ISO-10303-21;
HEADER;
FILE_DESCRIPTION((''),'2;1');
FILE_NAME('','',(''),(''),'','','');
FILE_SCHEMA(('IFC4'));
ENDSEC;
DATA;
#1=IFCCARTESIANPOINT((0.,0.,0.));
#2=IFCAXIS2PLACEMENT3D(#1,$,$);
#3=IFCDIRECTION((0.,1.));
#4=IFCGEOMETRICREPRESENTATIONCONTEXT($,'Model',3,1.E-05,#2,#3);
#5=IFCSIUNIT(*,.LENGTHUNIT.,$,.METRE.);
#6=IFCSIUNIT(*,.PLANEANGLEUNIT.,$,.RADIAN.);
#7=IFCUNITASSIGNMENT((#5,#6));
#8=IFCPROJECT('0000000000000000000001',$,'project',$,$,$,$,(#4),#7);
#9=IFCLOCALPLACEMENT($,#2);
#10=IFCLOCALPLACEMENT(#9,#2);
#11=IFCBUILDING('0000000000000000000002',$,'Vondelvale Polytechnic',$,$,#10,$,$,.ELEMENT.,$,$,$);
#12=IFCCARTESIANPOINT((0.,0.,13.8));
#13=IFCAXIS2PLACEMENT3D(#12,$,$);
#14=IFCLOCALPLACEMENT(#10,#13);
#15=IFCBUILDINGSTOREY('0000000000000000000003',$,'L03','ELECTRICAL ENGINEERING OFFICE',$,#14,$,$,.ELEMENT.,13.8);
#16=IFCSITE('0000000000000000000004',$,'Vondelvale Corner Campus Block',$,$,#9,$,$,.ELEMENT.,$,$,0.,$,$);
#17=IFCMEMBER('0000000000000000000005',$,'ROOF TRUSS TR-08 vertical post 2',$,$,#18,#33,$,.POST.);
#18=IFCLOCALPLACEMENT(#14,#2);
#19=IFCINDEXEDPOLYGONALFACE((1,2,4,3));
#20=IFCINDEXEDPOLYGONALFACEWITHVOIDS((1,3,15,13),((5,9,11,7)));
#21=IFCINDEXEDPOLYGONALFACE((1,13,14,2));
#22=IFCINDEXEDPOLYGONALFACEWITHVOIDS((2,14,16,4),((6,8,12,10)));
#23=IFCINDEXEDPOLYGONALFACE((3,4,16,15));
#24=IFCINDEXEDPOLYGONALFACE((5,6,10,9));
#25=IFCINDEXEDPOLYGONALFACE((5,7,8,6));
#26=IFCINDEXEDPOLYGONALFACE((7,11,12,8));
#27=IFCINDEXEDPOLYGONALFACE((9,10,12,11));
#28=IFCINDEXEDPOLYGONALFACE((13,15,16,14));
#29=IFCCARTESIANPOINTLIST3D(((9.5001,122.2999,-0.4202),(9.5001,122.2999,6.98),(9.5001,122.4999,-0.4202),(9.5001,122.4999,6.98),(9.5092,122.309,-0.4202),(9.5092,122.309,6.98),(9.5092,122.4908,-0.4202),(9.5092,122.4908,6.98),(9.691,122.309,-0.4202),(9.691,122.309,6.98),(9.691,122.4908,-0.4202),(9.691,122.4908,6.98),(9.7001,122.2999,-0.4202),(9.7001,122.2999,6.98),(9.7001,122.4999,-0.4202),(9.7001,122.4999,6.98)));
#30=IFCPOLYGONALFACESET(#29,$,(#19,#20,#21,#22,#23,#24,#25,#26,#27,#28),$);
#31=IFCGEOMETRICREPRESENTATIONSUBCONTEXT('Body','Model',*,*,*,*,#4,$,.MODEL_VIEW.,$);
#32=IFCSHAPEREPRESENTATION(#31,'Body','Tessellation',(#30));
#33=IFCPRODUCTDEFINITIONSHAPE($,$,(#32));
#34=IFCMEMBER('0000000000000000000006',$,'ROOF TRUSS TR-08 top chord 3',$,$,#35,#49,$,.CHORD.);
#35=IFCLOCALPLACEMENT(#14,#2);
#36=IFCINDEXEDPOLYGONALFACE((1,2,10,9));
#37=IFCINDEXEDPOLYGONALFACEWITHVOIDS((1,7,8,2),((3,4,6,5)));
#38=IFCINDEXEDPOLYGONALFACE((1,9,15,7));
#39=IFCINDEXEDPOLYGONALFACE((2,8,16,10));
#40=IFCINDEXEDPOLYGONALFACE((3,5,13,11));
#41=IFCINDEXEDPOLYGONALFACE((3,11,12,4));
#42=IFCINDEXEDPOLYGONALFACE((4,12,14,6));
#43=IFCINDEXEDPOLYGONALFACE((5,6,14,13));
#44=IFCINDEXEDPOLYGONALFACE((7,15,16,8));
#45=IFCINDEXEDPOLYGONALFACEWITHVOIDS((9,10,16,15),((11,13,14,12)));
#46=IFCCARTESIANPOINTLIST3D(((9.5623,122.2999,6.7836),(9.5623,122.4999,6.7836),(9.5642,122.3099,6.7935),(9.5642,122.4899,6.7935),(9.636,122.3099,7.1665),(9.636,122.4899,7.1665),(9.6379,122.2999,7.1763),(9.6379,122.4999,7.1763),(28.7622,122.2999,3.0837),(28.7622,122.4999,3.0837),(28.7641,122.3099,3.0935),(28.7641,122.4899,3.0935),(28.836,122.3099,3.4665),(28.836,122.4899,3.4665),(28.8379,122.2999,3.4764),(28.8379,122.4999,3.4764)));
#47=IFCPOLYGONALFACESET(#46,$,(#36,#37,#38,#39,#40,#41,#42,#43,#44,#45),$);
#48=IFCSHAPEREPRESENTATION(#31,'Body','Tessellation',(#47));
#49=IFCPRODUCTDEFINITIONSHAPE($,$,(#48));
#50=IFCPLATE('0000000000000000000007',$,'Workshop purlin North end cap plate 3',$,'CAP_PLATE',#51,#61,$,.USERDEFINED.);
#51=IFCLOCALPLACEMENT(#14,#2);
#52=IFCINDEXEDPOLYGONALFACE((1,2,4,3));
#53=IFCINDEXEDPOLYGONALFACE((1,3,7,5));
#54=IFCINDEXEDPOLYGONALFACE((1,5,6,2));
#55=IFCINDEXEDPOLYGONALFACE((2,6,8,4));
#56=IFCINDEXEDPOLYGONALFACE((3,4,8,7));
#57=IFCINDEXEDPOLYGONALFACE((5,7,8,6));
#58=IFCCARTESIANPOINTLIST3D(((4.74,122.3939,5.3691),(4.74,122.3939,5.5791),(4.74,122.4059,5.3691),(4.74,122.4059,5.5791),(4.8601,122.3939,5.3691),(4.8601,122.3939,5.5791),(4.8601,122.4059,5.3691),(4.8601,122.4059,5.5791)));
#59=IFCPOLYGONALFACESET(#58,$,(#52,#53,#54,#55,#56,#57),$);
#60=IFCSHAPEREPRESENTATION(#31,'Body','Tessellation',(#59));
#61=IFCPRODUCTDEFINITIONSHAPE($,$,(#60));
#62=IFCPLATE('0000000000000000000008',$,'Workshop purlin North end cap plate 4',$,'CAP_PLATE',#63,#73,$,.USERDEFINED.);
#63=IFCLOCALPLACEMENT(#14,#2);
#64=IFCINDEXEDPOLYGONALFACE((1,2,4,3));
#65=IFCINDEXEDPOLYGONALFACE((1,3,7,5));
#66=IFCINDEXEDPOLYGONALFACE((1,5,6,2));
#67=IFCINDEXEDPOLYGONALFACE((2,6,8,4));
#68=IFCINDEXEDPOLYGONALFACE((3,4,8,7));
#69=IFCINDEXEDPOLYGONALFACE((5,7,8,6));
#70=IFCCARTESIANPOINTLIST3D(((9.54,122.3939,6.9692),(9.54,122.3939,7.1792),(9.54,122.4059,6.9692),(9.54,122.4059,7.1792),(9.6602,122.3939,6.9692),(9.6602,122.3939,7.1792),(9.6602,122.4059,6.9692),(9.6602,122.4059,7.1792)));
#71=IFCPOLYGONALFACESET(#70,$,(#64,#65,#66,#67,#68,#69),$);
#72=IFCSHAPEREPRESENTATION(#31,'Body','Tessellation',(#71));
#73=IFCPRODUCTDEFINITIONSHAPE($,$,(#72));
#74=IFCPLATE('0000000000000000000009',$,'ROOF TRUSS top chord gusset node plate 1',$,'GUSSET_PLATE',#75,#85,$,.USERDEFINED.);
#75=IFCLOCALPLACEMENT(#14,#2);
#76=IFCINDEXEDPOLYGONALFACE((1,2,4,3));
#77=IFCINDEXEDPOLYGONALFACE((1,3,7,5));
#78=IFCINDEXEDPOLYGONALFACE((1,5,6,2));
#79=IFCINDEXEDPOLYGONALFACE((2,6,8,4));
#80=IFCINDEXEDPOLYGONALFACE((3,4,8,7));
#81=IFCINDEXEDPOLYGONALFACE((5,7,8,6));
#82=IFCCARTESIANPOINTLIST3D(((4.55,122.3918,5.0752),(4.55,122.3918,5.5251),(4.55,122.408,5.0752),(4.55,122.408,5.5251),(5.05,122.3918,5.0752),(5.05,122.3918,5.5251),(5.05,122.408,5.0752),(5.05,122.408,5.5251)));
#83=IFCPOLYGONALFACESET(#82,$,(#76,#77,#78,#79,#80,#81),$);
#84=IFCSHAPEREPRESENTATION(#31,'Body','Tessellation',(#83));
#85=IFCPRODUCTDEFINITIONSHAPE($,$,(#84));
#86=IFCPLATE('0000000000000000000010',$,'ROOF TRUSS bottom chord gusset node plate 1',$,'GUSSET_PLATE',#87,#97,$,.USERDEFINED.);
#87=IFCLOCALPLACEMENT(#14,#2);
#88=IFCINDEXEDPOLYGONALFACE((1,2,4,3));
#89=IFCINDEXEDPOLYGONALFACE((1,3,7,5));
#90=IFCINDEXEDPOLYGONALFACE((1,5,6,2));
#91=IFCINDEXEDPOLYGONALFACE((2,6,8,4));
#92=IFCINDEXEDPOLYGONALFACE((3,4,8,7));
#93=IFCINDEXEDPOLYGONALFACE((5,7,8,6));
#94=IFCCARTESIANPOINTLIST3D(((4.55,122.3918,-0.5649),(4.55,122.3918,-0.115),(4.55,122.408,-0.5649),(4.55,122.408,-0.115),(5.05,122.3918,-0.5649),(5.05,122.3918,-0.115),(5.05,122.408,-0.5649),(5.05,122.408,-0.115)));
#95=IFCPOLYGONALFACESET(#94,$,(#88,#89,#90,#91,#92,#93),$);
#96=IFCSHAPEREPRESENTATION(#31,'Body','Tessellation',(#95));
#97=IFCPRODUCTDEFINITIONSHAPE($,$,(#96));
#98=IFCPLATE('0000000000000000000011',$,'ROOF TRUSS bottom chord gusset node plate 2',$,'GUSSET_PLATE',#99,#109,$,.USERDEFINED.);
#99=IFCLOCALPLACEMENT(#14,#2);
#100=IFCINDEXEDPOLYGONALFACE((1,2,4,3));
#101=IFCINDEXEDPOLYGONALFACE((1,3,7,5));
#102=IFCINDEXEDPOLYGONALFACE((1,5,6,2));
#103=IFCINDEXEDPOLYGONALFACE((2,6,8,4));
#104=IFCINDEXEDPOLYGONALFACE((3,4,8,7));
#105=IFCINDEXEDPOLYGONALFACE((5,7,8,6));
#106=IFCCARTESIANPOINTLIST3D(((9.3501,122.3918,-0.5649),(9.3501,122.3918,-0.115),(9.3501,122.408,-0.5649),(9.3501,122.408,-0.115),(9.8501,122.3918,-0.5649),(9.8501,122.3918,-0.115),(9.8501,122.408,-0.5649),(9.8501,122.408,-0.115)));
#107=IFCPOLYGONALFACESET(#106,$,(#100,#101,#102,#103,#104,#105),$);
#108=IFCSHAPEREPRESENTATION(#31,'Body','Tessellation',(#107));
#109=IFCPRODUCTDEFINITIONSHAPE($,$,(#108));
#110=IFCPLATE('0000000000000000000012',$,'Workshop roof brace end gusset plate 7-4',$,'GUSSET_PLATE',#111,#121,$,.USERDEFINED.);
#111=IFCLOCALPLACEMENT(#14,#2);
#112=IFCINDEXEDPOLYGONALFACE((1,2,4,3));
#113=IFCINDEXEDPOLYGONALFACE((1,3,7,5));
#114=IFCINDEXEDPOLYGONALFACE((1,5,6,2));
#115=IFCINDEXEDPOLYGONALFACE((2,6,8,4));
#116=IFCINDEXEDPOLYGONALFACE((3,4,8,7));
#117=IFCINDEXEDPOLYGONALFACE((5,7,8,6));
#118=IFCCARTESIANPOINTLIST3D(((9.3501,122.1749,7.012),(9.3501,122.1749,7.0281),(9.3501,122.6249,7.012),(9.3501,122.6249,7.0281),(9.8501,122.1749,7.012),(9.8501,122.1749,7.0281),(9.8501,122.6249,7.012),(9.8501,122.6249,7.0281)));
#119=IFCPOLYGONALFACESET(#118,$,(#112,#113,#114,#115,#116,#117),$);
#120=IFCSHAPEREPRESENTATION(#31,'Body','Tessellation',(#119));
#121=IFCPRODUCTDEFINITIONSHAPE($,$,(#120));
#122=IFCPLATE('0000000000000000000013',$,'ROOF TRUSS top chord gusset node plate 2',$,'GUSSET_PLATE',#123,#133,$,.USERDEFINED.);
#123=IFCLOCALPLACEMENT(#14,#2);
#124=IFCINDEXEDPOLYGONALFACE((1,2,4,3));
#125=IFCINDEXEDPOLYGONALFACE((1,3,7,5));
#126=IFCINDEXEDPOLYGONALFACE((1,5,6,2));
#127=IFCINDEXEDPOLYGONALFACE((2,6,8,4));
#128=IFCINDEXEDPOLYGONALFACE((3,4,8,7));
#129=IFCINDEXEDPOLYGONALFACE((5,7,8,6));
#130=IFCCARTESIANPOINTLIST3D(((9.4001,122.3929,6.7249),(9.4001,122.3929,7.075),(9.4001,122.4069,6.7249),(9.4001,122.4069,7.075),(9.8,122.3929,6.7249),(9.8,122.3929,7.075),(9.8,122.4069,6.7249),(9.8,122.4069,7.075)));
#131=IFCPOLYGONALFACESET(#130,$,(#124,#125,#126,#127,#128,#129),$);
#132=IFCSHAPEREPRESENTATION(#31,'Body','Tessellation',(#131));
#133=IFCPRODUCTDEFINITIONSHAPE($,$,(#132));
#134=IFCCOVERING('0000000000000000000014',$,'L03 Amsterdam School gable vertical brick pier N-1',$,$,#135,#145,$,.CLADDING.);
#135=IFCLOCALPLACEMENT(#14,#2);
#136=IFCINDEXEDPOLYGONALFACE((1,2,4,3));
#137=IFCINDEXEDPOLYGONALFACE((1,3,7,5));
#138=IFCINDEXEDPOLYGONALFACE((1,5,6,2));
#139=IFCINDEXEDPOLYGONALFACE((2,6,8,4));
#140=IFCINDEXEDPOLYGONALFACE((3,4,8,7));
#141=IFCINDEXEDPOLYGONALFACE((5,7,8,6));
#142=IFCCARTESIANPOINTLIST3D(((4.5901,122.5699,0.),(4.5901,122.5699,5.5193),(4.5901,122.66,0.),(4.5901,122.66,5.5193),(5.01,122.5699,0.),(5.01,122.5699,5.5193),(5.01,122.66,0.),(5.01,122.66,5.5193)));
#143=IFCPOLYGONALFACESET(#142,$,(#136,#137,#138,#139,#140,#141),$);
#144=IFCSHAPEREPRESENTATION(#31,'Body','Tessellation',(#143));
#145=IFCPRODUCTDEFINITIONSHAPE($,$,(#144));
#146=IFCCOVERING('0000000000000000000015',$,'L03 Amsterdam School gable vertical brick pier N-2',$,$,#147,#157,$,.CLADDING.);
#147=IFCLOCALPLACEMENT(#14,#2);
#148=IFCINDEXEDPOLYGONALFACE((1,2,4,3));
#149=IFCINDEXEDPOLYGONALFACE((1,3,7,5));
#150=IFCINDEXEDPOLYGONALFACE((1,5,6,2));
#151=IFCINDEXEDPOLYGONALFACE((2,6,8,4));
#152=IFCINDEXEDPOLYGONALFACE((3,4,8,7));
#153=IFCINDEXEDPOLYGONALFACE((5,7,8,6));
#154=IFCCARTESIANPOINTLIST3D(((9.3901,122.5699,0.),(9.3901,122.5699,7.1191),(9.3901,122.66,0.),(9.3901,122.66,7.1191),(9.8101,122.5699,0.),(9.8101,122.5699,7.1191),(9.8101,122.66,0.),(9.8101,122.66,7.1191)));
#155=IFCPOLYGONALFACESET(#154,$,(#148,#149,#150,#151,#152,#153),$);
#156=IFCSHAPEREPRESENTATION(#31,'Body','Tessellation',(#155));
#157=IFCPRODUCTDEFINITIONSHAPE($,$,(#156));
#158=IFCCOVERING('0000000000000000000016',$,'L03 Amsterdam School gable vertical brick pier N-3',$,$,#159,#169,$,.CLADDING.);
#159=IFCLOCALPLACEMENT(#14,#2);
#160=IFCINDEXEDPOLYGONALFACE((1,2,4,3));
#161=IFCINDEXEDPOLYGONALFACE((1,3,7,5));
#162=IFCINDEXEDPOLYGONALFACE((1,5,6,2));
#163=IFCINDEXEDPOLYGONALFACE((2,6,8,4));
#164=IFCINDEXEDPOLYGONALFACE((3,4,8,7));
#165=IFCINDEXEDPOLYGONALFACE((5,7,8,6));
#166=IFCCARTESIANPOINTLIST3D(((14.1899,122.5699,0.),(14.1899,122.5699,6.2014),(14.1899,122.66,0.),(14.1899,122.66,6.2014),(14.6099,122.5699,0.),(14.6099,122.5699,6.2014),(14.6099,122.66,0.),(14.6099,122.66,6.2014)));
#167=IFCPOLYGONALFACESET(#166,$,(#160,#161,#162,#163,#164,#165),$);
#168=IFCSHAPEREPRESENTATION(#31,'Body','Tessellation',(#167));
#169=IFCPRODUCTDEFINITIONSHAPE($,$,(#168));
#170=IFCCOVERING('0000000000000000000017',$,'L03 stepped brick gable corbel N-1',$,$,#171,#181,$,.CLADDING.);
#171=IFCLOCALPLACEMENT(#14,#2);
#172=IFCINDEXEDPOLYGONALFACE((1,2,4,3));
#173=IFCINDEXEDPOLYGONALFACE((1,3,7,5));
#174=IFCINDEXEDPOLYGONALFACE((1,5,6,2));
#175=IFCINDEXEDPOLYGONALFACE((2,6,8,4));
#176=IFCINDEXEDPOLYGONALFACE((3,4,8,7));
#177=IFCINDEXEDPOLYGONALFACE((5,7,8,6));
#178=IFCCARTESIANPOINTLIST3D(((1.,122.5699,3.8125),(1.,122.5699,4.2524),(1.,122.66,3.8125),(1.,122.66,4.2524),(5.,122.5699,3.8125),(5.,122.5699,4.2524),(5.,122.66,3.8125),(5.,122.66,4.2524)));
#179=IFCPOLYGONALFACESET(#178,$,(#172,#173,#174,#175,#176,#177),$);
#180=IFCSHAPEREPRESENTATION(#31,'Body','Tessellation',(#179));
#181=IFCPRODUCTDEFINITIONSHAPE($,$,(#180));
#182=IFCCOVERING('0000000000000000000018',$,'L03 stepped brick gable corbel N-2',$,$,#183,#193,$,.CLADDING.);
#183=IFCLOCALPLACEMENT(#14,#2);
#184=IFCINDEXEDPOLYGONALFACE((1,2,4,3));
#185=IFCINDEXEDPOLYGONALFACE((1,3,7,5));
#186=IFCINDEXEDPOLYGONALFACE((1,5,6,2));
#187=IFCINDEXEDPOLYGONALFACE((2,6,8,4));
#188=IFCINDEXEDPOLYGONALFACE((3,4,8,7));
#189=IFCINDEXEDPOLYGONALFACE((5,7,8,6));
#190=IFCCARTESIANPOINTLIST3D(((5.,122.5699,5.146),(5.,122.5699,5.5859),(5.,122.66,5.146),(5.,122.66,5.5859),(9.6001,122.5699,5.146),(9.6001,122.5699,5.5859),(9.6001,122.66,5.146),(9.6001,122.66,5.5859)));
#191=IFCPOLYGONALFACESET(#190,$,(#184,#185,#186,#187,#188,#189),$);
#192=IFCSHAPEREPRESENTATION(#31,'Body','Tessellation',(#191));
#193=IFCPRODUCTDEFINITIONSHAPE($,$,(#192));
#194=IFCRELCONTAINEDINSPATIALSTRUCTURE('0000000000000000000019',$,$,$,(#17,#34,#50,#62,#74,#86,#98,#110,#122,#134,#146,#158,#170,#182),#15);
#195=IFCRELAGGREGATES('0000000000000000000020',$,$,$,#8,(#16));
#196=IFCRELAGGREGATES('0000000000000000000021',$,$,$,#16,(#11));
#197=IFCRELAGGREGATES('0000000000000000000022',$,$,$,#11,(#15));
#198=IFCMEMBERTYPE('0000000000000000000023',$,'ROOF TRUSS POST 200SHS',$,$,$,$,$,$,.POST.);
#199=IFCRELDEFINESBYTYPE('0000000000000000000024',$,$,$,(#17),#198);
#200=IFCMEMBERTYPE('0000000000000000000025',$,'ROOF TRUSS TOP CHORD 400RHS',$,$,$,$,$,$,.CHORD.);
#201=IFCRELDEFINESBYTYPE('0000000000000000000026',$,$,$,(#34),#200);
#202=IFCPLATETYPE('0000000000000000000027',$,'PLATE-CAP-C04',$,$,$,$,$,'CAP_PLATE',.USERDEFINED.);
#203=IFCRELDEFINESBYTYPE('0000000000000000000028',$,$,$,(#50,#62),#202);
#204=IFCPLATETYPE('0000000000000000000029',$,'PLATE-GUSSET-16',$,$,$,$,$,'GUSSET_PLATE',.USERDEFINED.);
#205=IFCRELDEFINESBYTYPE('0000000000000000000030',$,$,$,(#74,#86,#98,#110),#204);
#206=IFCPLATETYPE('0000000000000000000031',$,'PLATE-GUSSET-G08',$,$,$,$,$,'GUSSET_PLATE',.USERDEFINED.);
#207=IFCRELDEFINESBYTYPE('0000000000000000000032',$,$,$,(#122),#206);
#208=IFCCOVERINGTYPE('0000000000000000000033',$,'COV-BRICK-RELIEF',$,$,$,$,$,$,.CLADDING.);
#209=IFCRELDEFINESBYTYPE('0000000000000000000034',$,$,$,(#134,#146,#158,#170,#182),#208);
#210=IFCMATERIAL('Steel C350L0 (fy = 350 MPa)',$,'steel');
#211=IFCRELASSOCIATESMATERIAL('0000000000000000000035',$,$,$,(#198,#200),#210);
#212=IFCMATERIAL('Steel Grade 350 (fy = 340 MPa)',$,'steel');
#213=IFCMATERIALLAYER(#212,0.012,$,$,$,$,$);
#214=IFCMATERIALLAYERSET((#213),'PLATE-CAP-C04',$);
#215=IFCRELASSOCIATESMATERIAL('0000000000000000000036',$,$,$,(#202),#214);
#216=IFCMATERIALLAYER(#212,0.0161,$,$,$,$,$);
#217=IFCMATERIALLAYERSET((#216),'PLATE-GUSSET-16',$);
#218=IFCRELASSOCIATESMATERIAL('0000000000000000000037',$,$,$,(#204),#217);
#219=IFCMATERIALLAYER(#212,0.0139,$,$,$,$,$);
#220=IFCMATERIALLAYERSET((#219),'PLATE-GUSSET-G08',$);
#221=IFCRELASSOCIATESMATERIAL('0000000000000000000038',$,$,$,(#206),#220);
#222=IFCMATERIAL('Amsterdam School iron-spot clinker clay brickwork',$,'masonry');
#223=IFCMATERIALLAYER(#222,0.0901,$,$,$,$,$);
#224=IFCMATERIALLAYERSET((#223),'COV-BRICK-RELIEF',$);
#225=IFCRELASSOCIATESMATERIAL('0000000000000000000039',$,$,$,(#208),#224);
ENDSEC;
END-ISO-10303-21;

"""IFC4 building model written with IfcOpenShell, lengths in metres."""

from ifc_helpers import new_model, si_unit, direction, frame, origin, origin_2d, place, context, subcontext, project, spatial, rectangle, hollow_rectangle, extrude, material, layer, layer_set, material_profile, profile_set, type_object, element, save


model = new_model("IFC4")

# Units and contexts
model_context = context("Model", 3, precision=1e-05, world=origin(), true_north=direction((0.0, 1.0)))
body_context = subcontext(model_context, "Body", "Model", "MODEL_VIEW")
ifc_project = project(units=[si_unit("LENGTHUNIT", "METRE"), si_unit("PLANEANGLEUNIT", "RADIAN")], contexts=[model_context])

# Site, building, storey
site_placement = place(None, origin())
site = spatial("IfcSite", under=ifc_project, at=site_placement, Name="Vondelvale Corner Campus Block", CompositionType="ELEMENT", RefElevation=0.0)
building_placement = place(site_placement, origin())
building = spatial("IfcBuilding", under=site, at=building_placement, Name="Vondelvale Polytechnic", CompositionType="ELEMENT")
storey_placement = place(building_placement, frame((0.0, 0.0, 13.8)))
storey = spatial("IfcBuildingStorey", under=building, at=storey_placement, Name="L03", Description="ELECTRICAL ENGINEERING OFFICE", CompositionType="ELEMENT", Elevation=13.8)

# Members
ifc_material_1 = material(Name="Steel C350L0 (fy = 350 MPa)", Category="steel")
ifc_material_profile_1 = material_profile(ifc_material_1, hollow_rectangle(XDim=0.2, YDim=0.2, WallThickness=0.009, at=origin_2d()), Name="200x200x9.0SHS")
ifc_profile_set_1 = profile_set([ifc_material_profile_1], Name="Steel C350L0 (fy = 350 MPa)")
member_type_1 = type_object("IfcMemberType", Name="ROOF TRUSS POST 200SHS", PredefinedType="POST", material=ifc_profile_set_1)
member_1_placement = place(storey_placement, frame((9.6001, 122.3999, -0.4202), z_axis=(0.0, 0.0, 1.0), x_axis=(1.0, 0.0, 0.0)))
element("IfcMember", 1, at=member_1_placement, inside=storey, type_object=member_type_1, Name="ROOF TRUSS TR-08 vertical post 2", PredefinedType="POST", context=body_context, shape_type="SweptSolid", body=[
    extrude(hollow_rectangle(XDim=0.2, YDim=0.2, WallThickness=0.009, at=origin_2d()), origin(), (0.0, 0.0, 1.0), 7.4001),
])
ifc_material_profile_2 = material_profile(ifc_material_1, hollow_rectangle(XDim=0.2, YDim=0.3999, WallThickness=0.01, at=origin_2d()), Name="400x200x10.0RHS")
ifc_profile_set_2 = profile_set([ifc_material_profile_2], Name="Steel C350L0 (fy = 350 MPa)")
member_type_2 = type_object("IfcMemberType", Name="ROOF TRUSS TOP CHORD 400RHS", PredefinedType="CHORD", material=ifc_profile_set_2)
member_2_placement = place(storey_placement, frame((9.6001, 122.3999, 6.98), z_axis=(0.981934, 0.0, -0.189225), x_axis=(0.0, 1.0, 0.0)))
element("IfcMember", 2, at=member_2_placement, inside=storey, type_object=member_type_2, Name="ROOF TRUSS TR-08 top chord 3", PredefinedType="CHORD", context=body_context, shape_type="SweptSolid", body=[
    extrude(hollow_rectangle(XDim=0.2, YDim=0.3999, WallThickness=0.01, at=origin_2d()), origin(), (0.0, 0.0, 1.0), 19.5532),
])

# Plates
ifc_material_2 = material(Name="Steel Grade 350 (fy = 340 MPa)", Category="steel")
ifc_layer_1 = layer(ifc_material_2, 0.012)
ifc_layer_set_1 = layer_set([ifc_layer_1], Name="PLATE-CAP-C04")
plate_type_1 = type_object("IfcPlateType", Name="PLATE-CAP-C04", ElementType="CAP_PLATE", PredefinedType="USERDEFINED", material=ifc_layer_set_1)
for number, where, z_axis, x_axis, name in (
    (3, (4.8, 122.3999, 5.3691), (0.0, 0.0, 1.0), (1.0, 0.0, 0.0), "Workshop purlin North end cap plate 3"),
    (4, (9.6001, 122.3999, 6.9692), (0.0, 0.0, 1.0), (1.0, 0.0, 0.0), "Workshop purlin North end cap plate 4"),
):
    element("IfcPlate", number, at=place(storey_placement, frame(where, z_axis=z_axis, x_axis=x_axis)), inside=storey, type_object=plate_type_1, Name=name, ObjectType="CAP_PLATE", PredefinedType="USERDEFINED", context=body_context, shape_type="SweptSolid", body=[
        extrude(rectangle(XDim=0.1201, YDim=0.012, at=origin_2d()), origin(), (0.0, 0.0, 1.0), 0.21),
    ])
ifc_layer_2 = layer(ifc_material_2, 0.0161)
ifc_layer_set_2 = layer_set([ifc_layer_2], Name="PLATE-GUSSET-16")
plate_type_2 = type_object("IfcPlateType", Name="PLATE-GUSSET-16", ElementType="GUSSET_PLATE", PredefinedType="USERDEFINED", material=ifc_layer_set_2)
for number, where, z_axis, x_axis, name in (
    (5, (4.8, 122.3999, 5.0752), (0.0, 0.0, 1.0), (1.0, 0.0, 0.0), "ROOF TRUSS top chord gusset node plate 1"),
    (6, (4.8, 122.3999, -0.5649), (0.0, 0.0, 1.0), (1.0, 0.0, 0.0), "ROOF TRUSS bottom chord gusset node plate 1"),
    (7, (9.6001, 122.3999, -0.5649), (0.0, 0.0, 1.0), (1.0, 0.0, 0.0), "ROOF TRUSS bottom chord gusset node plate 2"),
):
    element("IfcPlate", number, at=place(storey_placement, frame(where, z_axis=z_axis, x_axis=x_axis)), inside=storey, type_object=plate_type_2, Name=name, ObjectType="GUSSET_PLATE", PredefinedType="USERDEFINED", context=body_context, shape_type="SweptSolid", body=[
        extrude(rectangle(XDim=0.5, YDim=0.0161, at=origin_2d()), origin(), (0.0, 0.0, 1.0), 0.45),
    ])
plate_1_placement = place(storey_placement, frame((9.6001, 122.3999, 7.012), z_axis=(0.0, 0.0, 1.0), x_axis=(1.0, 0.0, 0.0)))
element("IfcPlate", 8, at=plate_1_placement, inside=storey, type_object=plate_type_2, Name="Workshop roof brace end gusset plate 7-4", ObjectType="GUSSET_PLATE", PredefinedType="USERDEFINED", context=body_context, shape_type="SweptSolid", body=[
    extrude(rectangle(XDim=0.5, YDim=0.45, at=origin_2d()), origin(), (0.0, 0.0, 1.0), 0.0161),
])
ifc_layer_3 = layer(ifc_material_2, 0.0139)
ifc_layer_set_3 = layer_set([ifc_layer_3], Name="PLATE-GUSSET-G08")
plate_type_3 = type_object("IfcPlateType", Name="PLATE-GUSSET-G08", ElementType="GUSSET_PLATE", PredefinedType="USERDEFINED", material=ifc_layer_set_3)
plate_2_placement = place(storey_placement, frame((9.6001, 122.3999, 6.7249), z_axis=(0.0, 0.0, 1.0), x_axis=(1.0, 0.0, 0.0)))
element("IfcPlate", 9, at=plate_2_placement, inside=storey, type_object=plate_type_3, Name="ROOF TRUSS top chord gusset node plate 2", ObjectType="GUSSET_PLATE", PredefinedType="USERDEFINED", context=body_context, shape_type="SweptSolid", body=[
    extrude(rectangle(XDim=0.3999, YDim=0.0139, at=origin_2d()), origin(), (0.0, 0.0, 1.0), 0.3501),
])

# Coverings
ifc_material_3 = material(Name="Amsterdam School iron-spot clinker clay brickwork", Category="masonry")
ifc_layer_4 = layer(ifc_material_3, 0.0901)
ifc_layer_set_4 = layer_set([ifc_layer_4], Name="COV-BRICK-RELIEF")
covering_type = type_object("IfcCoveringType", Name="COV-BRICK-RELIEF", PredefinedType="CLADDING", material=ifc_layer_set_4)
covering_1_placement = place(storey_placement, frame((4.8, 122.615, 0.0), z_axis=(0.0, 0.0, 1.0), x_axis=(1.0, 0.0, 0.0)))
element("IfcCovering", 10, at=covering_1_placement, inside=storey, type_object=covering_type, Name="L03 Amsterdam School gable vertical brick pier N-1", PredefinedType="CLADDING", context=body_context, shape_type="SweptSolid", body=[
    extrude(rectangle(XDim=0.4199, YDim=0.0901, at=origin_2d()), origin(), (0.0, 0.0, 1.0), 5.5193),
])
covering_2_placement = place(storey_placement, frame((9.6001, 122.615, 0.0), z_axis=(0.0, 0.0, 1.0), x_axis=(1.0, 0.0, 0.0)))
element("IfcCovering", 11, at=covering_2_placement, inside=storey, type_object=covering_type, Name="L03 Amsterdam School gable vertical brick pier N-2", PredefinedType="CLADDING", context=body_context, shape_type="SweptSolid", body=[
    extrude(rectangle(XDim=0.4199, YDim=0.0901, at=origin_2d()), origin(), (0.0, 0.0, 1.0), 7.1191),
])
covering_3_placement = place(storey_placement, frame((14.3999, 122.615, 0.0), z_axis=(0.0, 0.0, 1.0), x_axis=(1.0, 0.0, 0.0)))
element("IfcCovering", 12, at=covering_3_placement, inside=storey, type_object=covering_type, Name="L03 Amsterdam School gable vertical brick pier N-3", PredefinedType="CLADDING", context=body_context, shape_type="SweptSolid", body=[
    extrude(rectangle(XDim=0.4199, YDim=0.0901, at=origin_2d()), origin(), (0.0, 0.0, 1.0), 6.2014),
])
covering_4_placement = place(storey_placement, frame((3.0, 122.615, 3.8125), z_axis=(0.0, 0.0, 1.0), x_axis=(1.0, 0.0, 0.0)))
element("IfcCovering", 13, at=covering_4_placement, inside=storey, type_object=covering_type, Name="L03 stepped brick gable corbel N-1", PredefinedType="CLADDING", context=body_context, shape_type="SweptSolid", body=[
    extrude(rectangle(XDim=4.0, YDim=0.0901, at=origin_2d()), origin(), (0.0, 0.0, 1.0), 0.4399),
])
covering_5_placement = place(storey_placement, frame((7.3, 122.615, 5.146), z_axis=(0.0, 0.0, 1.0), x_axis=(1.0, 0.0, 0.0)))
element("IfcCovering", 14, at=covering_5_placement, inside=storey, type_object=covering_type, Name="L03 stepped brick gable corbel N-2", PredefinedType="CLADDING", context=body_context, shape_type="SweptSolid", body=[
    extrude(rectangle(XDim=4.6001, YDim=0.0901, at=origin_2d()), origin(), (0.0, 0.0, 1.0), 0.4399),
])

save(model, "model.ifc")
